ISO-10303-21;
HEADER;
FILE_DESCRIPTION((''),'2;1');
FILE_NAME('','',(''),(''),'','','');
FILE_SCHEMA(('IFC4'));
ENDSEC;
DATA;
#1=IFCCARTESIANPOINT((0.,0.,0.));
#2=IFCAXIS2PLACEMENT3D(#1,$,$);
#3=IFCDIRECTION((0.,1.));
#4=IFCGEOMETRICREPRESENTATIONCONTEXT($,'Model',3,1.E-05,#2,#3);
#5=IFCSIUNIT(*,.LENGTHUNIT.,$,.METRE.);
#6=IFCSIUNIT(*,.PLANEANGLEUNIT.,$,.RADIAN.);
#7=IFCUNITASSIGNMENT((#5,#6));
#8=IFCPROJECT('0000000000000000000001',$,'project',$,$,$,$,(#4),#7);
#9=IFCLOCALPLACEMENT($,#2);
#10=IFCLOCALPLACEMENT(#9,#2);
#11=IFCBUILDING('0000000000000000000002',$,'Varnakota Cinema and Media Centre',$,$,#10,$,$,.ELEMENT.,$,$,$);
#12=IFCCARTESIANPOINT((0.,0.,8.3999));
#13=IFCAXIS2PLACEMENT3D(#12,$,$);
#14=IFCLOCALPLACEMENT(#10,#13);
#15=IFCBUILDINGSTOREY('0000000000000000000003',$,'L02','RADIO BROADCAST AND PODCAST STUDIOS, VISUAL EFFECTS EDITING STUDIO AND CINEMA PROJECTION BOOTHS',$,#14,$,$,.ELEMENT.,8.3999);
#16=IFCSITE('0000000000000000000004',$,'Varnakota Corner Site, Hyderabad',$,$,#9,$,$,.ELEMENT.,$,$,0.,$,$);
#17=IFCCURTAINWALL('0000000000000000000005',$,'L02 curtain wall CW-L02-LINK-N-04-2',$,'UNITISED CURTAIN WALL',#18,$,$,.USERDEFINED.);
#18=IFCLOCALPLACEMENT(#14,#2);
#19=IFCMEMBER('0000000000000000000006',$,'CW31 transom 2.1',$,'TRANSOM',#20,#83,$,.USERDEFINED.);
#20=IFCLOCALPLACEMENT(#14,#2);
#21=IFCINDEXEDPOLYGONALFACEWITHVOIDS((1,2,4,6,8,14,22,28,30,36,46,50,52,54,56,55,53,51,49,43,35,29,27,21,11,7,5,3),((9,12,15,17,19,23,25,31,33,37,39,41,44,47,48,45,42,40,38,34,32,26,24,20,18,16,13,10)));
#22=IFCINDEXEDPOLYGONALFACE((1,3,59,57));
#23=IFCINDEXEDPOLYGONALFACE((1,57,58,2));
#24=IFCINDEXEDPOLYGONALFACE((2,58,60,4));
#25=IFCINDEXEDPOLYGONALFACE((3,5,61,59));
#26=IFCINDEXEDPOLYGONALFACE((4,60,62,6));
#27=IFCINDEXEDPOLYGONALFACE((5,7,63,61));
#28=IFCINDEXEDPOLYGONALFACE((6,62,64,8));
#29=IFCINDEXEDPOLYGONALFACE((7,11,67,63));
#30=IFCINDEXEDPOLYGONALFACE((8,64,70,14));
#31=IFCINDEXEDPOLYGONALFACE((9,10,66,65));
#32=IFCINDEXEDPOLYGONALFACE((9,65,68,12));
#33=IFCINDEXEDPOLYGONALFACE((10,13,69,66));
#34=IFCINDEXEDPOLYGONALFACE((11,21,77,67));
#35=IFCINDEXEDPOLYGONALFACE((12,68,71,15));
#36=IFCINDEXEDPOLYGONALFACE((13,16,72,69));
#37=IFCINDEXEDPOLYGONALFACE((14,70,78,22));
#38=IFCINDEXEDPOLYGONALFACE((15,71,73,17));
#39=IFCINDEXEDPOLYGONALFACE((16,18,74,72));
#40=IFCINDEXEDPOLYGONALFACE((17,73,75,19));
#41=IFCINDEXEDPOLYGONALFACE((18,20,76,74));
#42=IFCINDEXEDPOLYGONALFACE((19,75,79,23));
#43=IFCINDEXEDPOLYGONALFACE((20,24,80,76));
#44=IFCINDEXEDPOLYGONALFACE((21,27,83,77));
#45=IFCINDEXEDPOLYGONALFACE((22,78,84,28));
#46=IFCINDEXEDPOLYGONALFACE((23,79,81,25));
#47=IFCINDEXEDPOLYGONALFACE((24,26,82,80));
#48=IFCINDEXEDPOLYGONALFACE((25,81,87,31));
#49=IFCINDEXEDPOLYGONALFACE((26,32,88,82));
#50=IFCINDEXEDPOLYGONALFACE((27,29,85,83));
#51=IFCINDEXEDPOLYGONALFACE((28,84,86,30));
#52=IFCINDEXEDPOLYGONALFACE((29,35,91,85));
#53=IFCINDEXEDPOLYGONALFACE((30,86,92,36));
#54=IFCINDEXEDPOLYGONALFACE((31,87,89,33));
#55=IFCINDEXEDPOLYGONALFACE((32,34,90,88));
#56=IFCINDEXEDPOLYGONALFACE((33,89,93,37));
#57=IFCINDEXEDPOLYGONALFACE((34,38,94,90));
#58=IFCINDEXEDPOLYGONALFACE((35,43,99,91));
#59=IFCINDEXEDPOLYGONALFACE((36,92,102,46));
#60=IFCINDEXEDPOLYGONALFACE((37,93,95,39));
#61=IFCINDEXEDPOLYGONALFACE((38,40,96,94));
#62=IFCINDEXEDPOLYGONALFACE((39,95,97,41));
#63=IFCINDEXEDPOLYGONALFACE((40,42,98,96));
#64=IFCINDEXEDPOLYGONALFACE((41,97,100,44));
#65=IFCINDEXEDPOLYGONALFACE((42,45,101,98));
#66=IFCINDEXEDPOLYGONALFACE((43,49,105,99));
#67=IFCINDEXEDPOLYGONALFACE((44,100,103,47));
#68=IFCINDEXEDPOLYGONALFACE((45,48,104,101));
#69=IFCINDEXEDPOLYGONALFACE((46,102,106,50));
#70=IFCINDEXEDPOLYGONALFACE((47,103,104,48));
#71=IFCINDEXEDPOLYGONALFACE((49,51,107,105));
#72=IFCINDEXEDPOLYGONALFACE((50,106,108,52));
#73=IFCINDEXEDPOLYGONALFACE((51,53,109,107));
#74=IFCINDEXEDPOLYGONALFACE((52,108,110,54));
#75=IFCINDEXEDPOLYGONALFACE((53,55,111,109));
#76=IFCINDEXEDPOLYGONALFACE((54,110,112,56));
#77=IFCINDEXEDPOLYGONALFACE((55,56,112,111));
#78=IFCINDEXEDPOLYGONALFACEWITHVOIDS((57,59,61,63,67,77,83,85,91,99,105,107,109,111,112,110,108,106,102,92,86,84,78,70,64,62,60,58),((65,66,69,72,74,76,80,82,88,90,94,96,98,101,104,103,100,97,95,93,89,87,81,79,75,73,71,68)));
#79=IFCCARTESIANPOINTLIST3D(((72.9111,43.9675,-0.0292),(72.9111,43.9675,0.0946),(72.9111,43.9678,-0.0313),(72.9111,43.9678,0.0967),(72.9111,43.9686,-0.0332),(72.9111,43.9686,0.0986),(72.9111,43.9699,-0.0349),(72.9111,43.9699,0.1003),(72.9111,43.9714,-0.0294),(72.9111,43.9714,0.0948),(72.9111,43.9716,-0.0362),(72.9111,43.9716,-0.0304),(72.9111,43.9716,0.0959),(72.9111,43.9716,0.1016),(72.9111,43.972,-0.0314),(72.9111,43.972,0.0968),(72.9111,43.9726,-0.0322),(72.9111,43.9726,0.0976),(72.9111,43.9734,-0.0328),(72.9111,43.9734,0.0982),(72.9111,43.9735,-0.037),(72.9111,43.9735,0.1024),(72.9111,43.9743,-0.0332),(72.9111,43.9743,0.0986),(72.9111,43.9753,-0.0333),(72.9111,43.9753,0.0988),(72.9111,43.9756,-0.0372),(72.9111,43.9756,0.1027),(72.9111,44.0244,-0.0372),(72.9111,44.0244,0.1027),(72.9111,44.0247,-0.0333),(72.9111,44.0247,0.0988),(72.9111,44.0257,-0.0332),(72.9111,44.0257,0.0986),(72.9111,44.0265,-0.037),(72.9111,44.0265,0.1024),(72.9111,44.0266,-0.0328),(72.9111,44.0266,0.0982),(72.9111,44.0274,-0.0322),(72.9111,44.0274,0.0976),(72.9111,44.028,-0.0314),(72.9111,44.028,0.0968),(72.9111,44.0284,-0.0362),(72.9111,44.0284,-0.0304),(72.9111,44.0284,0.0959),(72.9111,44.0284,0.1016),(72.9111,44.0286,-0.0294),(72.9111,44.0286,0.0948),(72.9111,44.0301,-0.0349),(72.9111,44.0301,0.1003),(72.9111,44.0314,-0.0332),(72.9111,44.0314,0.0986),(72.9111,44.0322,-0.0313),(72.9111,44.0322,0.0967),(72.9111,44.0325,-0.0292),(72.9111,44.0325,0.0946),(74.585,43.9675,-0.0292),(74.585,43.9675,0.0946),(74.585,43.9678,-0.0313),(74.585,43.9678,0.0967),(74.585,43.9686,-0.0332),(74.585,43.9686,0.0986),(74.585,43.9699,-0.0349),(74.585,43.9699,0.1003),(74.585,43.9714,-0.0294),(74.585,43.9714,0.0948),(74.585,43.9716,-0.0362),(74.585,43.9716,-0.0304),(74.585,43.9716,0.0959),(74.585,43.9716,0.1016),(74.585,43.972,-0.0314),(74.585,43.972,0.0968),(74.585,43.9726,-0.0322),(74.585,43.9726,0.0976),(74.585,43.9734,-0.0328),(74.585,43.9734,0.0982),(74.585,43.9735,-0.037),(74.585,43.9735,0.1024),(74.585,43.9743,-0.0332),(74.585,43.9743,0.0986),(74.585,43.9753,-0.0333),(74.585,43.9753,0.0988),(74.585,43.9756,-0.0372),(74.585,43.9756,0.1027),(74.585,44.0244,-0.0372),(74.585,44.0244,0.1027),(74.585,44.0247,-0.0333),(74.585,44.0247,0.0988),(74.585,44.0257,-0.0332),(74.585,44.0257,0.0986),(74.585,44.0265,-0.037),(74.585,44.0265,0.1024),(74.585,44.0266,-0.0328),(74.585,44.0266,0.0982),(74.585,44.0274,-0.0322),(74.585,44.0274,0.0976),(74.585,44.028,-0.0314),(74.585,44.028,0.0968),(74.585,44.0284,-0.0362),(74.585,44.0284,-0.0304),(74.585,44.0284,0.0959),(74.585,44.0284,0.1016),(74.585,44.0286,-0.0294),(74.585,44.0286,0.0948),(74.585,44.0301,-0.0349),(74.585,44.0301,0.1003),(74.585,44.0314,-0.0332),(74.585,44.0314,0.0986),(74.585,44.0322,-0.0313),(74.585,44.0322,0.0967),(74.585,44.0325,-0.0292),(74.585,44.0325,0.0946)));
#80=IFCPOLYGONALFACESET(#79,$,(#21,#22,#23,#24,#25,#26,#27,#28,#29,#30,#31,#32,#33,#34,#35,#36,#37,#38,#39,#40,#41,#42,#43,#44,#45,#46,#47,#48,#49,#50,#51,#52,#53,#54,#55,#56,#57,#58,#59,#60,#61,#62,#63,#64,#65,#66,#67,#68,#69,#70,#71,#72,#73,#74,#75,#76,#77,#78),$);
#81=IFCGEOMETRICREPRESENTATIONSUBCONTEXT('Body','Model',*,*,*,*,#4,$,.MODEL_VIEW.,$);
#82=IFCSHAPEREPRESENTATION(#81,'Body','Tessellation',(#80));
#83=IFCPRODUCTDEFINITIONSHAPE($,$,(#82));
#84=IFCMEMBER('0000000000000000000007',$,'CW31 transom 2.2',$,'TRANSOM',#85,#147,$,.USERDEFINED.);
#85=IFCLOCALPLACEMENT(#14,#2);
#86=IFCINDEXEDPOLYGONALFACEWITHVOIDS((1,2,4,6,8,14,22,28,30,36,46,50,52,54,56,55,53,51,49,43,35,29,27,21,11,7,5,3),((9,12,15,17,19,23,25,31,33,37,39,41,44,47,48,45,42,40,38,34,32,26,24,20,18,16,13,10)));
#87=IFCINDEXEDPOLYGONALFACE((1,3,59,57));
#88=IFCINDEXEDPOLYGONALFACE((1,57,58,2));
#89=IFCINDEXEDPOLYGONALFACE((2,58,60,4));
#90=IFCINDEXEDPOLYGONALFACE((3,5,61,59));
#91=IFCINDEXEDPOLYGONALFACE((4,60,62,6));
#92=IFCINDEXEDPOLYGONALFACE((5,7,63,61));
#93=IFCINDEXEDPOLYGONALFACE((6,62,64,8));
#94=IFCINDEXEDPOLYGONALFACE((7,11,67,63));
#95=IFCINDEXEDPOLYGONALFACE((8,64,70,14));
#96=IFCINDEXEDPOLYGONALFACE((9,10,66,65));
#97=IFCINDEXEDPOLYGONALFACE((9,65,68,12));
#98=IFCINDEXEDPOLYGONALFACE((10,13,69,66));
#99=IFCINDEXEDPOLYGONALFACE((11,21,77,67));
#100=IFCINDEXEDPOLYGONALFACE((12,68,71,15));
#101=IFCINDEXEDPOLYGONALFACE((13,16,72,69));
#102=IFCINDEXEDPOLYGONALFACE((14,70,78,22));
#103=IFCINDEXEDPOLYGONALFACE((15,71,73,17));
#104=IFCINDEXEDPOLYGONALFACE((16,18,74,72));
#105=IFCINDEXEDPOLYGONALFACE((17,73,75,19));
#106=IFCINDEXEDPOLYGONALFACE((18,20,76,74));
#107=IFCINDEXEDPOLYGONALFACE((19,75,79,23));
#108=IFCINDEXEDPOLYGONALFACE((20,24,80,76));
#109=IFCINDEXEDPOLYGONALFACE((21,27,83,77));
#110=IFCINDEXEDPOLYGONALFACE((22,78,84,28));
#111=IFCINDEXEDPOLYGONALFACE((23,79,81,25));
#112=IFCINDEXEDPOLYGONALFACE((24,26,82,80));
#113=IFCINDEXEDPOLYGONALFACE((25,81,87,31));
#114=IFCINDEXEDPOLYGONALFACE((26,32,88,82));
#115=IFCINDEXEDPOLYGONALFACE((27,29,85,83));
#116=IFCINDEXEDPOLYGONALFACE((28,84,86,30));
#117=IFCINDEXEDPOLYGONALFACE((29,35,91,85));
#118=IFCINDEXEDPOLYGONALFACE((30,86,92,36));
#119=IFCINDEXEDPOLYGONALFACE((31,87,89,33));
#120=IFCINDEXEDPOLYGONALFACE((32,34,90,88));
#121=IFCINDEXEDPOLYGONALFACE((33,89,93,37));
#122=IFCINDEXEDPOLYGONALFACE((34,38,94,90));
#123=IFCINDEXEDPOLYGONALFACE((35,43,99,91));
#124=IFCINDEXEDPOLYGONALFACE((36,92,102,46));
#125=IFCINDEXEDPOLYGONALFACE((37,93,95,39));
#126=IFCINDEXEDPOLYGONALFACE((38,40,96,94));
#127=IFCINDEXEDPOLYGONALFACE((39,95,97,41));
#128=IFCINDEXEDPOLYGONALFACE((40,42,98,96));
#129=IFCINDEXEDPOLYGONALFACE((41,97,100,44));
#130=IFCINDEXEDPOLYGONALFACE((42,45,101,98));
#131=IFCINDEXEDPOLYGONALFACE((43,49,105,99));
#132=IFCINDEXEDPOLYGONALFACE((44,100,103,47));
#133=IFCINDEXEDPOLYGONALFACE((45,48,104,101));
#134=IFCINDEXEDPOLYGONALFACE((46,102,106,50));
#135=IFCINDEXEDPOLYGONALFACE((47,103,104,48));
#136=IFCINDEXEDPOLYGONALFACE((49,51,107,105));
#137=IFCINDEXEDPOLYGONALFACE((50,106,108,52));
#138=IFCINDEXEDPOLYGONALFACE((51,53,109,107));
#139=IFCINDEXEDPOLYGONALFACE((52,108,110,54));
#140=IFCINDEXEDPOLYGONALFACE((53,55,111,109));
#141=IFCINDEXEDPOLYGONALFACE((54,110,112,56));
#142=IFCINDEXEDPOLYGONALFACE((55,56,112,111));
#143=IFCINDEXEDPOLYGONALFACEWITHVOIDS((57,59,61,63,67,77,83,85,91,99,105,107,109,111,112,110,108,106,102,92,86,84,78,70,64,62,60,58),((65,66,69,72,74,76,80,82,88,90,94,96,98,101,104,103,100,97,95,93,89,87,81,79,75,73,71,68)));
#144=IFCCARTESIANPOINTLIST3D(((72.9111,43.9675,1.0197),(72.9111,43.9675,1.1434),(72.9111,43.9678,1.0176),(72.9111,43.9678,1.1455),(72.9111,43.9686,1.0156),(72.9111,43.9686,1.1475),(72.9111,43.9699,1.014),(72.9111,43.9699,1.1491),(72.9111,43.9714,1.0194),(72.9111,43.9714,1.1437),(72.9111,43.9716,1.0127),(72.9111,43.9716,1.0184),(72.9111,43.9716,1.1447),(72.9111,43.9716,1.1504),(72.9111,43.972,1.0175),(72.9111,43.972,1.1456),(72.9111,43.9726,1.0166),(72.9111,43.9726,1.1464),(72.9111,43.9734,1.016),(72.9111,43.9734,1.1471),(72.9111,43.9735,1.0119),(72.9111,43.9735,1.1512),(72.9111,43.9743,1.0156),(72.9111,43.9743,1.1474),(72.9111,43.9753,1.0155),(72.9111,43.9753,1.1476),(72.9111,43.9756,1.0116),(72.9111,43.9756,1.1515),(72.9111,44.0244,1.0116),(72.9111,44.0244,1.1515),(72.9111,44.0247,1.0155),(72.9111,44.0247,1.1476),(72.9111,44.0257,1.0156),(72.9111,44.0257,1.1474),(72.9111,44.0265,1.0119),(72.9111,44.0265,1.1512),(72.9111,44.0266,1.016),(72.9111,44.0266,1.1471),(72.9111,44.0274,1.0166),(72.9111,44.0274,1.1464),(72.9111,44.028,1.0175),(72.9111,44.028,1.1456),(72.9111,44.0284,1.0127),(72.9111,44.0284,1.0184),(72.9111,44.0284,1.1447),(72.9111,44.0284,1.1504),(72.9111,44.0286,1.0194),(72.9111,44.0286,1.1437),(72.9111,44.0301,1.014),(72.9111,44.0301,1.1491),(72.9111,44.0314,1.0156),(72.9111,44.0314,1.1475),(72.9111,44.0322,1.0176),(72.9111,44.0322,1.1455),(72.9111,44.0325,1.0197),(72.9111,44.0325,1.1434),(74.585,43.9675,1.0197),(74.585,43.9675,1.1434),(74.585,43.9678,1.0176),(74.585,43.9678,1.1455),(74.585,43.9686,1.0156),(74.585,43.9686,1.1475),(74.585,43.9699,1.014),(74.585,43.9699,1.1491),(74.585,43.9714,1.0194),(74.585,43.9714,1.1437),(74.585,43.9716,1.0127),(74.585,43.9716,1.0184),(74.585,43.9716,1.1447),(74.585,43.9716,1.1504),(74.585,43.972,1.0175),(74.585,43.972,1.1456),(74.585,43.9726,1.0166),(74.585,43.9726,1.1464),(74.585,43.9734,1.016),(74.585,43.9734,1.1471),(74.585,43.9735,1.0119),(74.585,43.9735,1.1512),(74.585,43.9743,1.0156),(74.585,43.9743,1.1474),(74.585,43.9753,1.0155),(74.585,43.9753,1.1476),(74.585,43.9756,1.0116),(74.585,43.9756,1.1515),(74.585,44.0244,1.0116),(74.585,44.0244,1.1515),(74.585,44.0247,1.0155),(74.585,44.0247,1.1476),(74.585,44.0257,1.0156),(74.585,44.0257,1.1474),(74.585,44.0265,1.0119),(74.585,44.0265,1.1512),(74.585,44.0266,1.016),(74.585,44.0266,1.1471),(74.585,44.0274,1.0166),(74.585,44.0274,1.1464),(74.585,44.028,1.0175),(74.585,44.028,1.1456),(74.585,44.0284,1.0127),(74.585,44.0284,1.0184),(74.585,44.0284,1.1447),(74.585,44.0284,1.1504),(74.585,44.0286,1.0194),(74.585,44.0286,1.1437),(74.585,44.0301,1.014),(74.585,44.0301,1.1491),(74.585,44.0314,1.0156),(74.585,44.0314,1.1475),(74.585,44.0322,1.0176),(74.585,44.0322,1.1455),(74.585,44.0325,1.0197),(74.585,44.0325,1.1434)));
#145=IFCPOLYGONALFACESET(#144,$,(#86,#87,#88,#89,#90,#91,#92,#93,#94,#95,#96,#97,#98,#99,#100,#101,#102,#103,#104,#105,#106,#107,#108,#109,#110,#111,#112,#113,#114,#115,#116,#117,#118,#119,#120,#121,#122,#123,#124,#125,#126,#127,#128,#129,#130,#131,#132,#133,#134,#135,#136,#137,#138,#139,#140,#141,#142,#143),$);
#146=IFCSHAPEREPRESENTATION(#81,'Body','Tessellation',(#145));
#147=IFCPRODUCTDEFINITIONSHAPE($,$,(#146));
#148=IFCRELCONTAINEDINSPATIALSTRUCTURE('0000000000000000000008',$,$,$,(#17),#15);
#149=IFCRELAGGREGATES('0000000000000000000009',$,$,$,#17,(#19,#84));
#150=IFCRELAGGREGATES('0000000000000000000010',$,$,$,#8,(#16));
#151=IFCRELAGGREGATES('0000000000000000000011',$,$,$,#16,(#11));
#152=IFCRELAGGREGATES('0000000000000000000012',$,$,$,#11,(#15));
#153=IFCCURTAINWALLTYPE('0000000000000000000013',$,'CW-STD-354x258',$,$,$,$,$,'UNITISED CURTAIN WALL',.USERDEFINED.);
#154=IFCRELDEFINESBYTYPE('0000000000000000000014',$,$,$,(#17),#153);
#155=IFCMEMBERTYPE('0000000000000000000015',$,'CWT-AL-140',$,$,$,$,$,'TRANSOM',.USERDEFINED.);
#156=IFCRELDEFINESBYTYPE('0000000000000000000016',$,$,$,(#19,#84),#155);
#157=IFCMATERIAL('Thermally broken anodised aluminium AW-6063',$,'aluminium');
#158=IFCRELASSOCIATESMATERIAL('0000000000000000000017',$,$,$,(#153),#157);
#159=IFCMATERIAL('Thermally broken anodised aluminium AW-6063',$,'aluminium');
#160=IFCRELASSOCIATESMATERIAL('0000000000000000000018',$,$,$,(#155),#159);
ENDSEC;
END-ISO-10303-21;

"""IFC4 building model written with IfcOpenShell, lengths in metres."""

from ifc_helpers import new_model, si_unit, direction, frame, origin, origin_2d, place, context, subcontext, project, spatial, hollow_rectangle, extrude, material, material_profile, profile_set, type_object, element, aggregate, save


model = new_model("IFC4")

# Units and contexts
model_context = context("Model", 3, precision=1e-05, world=origin(), true_north=direction((0.0, 1.0)))
body_context = subcontext(model_context, "Body", "Model", "MODEL_VIEW")
ifc_project = project(units=[si_unit("LENGTHUNIT", "METRE"), si_unit("PLANEANGLEUNIT", "RADIAN")], contexts=[model_context])

# Site, building, storey
site_placement = place(None, origin())
site = spatial("IfcSite", under=ifc_project, at=site_placement, Name="Varnakota Corner Site, Hyderabad", CompositionType="ELEMENT", RefElevation=0.0)
building_placement = place(site_placement, origin())
building = spatial("IfcBuilding", under=site, at=building_placement, Name="Varnakota Cinema and Media Centre", CompositionType="ELEMENT")
storey_placement = place(building_placement, frame((0.0, 0.0, 8.3999)))
storey = spatial("IfcBuildingStorey", under=building, at=storey_placement, Name="L02", Description="RADIO BROADCAST AND PODCAST STUDIOS, VISUAL EFFECTS EDITING STUDIO AND CINEMA PROJECTION BOOTHS", CompositionType="ELEMENT", Elevation=8.3999)

# Shared definitions
ifc_material_1 = material(Name="Thermally broken anodised aluminium AW-6063", Category="aluminium")
curtain_wall_type_1 = type_object("IfcCurtainWallType", Name="CW-STD-354x258", ElementType="UNITISED CURTAIN WALL", PredefinedType="USERDEFINED", material=ifc_material_1)

# Curtain wall
curtain_wall_1_placement = place(storey_placement, origin())
curtain_wall_1 = element("IfcCurtainWall", 1, at=curtain_wall_1_placement, inside=storey, type_object=curtain_wall_type_1, Name="L02 curtain wall CW-L02-LINK-N-04-2", ObjectType="UNITISED CURTAIN WALL", PredefinedType="USERDEFINED")

# Members
ifc_material_2 = material(Name="Thermally broken anodised aluminium AW-6063", Category="aluminium")
ifc_material_profile_1 = material_profile(ifc_material_2, hollow_rectangle(XDim=0.0649, YDim=0.1399, WallThickness=0.0039, InnerFilletRadius=0.0039, OuterFilletRadius=0.0081, at=origin_2d()), Name="AL-TRANSOM 140x65x4")
ifc_profile_set_1 = profile_set([ifc_material_profile_1], Name="Thermally broken anodised aluminium AW-6063")
member_type_1 = type_object("IfcMemberType", Name="CWT-AL-140", ElementType="TRANSOM", PredefinedType="USERDEFINED", material=ifc_profile_set_1)
member_1_placement = place(storey_placement, frame((72.9111, 44.0, 0.0327), z_axis=(1.0, 0.0, 0.0), x_axis=(0.0, 1.0, 0.0)))
member_1 = element("IfcMember", 2, at=member_1_placement, type_object=member_type_1, Name="CW31 transom 2.1", ObjectType="TRANSOM", PredefinedType="USERDEFINED", context=body_context, shape_type="SweptSolid", body=[
    extrude(hollow_rectangle(XDim=0.0649, YDim=0.1399, WallThickness=0.0039, InnerFilletRadius=0.0039, OuterFilletRadius=0.0081, at=origin_2d()), origin(), (0.0, 0.0, 1.0), 1.6738),
])
member_2_placement = place(storey_placement, frame((72.9111, 44.0, 1.0815), z_axis=(1.0, 0.0, 0.0), x_axis=(0.0, 1.0, 0.0)))
member_2 = element("IfcMember", 3, at=member_2_placement, type_object=member_type_1, Name="CW31 transom 2.2", ObjectType="TRANSOM", PredefinedType="USERDEFINED", context=body_context, shape_type="SweptSolid", body=[
    extrude(hollow_rectangle(XDim=0.0649, YDim=0.1399, WallThickness=0.0039, InnerFilletRadius=0.0039, OuterFilletRadius=0.0081, at=origin_2d()), origin(), (0.0, 0.0, 1.0), 1.6738),
])

aggregate(curtain_wall_1, [member_1, member_2])

save(model, "model.ifc")
